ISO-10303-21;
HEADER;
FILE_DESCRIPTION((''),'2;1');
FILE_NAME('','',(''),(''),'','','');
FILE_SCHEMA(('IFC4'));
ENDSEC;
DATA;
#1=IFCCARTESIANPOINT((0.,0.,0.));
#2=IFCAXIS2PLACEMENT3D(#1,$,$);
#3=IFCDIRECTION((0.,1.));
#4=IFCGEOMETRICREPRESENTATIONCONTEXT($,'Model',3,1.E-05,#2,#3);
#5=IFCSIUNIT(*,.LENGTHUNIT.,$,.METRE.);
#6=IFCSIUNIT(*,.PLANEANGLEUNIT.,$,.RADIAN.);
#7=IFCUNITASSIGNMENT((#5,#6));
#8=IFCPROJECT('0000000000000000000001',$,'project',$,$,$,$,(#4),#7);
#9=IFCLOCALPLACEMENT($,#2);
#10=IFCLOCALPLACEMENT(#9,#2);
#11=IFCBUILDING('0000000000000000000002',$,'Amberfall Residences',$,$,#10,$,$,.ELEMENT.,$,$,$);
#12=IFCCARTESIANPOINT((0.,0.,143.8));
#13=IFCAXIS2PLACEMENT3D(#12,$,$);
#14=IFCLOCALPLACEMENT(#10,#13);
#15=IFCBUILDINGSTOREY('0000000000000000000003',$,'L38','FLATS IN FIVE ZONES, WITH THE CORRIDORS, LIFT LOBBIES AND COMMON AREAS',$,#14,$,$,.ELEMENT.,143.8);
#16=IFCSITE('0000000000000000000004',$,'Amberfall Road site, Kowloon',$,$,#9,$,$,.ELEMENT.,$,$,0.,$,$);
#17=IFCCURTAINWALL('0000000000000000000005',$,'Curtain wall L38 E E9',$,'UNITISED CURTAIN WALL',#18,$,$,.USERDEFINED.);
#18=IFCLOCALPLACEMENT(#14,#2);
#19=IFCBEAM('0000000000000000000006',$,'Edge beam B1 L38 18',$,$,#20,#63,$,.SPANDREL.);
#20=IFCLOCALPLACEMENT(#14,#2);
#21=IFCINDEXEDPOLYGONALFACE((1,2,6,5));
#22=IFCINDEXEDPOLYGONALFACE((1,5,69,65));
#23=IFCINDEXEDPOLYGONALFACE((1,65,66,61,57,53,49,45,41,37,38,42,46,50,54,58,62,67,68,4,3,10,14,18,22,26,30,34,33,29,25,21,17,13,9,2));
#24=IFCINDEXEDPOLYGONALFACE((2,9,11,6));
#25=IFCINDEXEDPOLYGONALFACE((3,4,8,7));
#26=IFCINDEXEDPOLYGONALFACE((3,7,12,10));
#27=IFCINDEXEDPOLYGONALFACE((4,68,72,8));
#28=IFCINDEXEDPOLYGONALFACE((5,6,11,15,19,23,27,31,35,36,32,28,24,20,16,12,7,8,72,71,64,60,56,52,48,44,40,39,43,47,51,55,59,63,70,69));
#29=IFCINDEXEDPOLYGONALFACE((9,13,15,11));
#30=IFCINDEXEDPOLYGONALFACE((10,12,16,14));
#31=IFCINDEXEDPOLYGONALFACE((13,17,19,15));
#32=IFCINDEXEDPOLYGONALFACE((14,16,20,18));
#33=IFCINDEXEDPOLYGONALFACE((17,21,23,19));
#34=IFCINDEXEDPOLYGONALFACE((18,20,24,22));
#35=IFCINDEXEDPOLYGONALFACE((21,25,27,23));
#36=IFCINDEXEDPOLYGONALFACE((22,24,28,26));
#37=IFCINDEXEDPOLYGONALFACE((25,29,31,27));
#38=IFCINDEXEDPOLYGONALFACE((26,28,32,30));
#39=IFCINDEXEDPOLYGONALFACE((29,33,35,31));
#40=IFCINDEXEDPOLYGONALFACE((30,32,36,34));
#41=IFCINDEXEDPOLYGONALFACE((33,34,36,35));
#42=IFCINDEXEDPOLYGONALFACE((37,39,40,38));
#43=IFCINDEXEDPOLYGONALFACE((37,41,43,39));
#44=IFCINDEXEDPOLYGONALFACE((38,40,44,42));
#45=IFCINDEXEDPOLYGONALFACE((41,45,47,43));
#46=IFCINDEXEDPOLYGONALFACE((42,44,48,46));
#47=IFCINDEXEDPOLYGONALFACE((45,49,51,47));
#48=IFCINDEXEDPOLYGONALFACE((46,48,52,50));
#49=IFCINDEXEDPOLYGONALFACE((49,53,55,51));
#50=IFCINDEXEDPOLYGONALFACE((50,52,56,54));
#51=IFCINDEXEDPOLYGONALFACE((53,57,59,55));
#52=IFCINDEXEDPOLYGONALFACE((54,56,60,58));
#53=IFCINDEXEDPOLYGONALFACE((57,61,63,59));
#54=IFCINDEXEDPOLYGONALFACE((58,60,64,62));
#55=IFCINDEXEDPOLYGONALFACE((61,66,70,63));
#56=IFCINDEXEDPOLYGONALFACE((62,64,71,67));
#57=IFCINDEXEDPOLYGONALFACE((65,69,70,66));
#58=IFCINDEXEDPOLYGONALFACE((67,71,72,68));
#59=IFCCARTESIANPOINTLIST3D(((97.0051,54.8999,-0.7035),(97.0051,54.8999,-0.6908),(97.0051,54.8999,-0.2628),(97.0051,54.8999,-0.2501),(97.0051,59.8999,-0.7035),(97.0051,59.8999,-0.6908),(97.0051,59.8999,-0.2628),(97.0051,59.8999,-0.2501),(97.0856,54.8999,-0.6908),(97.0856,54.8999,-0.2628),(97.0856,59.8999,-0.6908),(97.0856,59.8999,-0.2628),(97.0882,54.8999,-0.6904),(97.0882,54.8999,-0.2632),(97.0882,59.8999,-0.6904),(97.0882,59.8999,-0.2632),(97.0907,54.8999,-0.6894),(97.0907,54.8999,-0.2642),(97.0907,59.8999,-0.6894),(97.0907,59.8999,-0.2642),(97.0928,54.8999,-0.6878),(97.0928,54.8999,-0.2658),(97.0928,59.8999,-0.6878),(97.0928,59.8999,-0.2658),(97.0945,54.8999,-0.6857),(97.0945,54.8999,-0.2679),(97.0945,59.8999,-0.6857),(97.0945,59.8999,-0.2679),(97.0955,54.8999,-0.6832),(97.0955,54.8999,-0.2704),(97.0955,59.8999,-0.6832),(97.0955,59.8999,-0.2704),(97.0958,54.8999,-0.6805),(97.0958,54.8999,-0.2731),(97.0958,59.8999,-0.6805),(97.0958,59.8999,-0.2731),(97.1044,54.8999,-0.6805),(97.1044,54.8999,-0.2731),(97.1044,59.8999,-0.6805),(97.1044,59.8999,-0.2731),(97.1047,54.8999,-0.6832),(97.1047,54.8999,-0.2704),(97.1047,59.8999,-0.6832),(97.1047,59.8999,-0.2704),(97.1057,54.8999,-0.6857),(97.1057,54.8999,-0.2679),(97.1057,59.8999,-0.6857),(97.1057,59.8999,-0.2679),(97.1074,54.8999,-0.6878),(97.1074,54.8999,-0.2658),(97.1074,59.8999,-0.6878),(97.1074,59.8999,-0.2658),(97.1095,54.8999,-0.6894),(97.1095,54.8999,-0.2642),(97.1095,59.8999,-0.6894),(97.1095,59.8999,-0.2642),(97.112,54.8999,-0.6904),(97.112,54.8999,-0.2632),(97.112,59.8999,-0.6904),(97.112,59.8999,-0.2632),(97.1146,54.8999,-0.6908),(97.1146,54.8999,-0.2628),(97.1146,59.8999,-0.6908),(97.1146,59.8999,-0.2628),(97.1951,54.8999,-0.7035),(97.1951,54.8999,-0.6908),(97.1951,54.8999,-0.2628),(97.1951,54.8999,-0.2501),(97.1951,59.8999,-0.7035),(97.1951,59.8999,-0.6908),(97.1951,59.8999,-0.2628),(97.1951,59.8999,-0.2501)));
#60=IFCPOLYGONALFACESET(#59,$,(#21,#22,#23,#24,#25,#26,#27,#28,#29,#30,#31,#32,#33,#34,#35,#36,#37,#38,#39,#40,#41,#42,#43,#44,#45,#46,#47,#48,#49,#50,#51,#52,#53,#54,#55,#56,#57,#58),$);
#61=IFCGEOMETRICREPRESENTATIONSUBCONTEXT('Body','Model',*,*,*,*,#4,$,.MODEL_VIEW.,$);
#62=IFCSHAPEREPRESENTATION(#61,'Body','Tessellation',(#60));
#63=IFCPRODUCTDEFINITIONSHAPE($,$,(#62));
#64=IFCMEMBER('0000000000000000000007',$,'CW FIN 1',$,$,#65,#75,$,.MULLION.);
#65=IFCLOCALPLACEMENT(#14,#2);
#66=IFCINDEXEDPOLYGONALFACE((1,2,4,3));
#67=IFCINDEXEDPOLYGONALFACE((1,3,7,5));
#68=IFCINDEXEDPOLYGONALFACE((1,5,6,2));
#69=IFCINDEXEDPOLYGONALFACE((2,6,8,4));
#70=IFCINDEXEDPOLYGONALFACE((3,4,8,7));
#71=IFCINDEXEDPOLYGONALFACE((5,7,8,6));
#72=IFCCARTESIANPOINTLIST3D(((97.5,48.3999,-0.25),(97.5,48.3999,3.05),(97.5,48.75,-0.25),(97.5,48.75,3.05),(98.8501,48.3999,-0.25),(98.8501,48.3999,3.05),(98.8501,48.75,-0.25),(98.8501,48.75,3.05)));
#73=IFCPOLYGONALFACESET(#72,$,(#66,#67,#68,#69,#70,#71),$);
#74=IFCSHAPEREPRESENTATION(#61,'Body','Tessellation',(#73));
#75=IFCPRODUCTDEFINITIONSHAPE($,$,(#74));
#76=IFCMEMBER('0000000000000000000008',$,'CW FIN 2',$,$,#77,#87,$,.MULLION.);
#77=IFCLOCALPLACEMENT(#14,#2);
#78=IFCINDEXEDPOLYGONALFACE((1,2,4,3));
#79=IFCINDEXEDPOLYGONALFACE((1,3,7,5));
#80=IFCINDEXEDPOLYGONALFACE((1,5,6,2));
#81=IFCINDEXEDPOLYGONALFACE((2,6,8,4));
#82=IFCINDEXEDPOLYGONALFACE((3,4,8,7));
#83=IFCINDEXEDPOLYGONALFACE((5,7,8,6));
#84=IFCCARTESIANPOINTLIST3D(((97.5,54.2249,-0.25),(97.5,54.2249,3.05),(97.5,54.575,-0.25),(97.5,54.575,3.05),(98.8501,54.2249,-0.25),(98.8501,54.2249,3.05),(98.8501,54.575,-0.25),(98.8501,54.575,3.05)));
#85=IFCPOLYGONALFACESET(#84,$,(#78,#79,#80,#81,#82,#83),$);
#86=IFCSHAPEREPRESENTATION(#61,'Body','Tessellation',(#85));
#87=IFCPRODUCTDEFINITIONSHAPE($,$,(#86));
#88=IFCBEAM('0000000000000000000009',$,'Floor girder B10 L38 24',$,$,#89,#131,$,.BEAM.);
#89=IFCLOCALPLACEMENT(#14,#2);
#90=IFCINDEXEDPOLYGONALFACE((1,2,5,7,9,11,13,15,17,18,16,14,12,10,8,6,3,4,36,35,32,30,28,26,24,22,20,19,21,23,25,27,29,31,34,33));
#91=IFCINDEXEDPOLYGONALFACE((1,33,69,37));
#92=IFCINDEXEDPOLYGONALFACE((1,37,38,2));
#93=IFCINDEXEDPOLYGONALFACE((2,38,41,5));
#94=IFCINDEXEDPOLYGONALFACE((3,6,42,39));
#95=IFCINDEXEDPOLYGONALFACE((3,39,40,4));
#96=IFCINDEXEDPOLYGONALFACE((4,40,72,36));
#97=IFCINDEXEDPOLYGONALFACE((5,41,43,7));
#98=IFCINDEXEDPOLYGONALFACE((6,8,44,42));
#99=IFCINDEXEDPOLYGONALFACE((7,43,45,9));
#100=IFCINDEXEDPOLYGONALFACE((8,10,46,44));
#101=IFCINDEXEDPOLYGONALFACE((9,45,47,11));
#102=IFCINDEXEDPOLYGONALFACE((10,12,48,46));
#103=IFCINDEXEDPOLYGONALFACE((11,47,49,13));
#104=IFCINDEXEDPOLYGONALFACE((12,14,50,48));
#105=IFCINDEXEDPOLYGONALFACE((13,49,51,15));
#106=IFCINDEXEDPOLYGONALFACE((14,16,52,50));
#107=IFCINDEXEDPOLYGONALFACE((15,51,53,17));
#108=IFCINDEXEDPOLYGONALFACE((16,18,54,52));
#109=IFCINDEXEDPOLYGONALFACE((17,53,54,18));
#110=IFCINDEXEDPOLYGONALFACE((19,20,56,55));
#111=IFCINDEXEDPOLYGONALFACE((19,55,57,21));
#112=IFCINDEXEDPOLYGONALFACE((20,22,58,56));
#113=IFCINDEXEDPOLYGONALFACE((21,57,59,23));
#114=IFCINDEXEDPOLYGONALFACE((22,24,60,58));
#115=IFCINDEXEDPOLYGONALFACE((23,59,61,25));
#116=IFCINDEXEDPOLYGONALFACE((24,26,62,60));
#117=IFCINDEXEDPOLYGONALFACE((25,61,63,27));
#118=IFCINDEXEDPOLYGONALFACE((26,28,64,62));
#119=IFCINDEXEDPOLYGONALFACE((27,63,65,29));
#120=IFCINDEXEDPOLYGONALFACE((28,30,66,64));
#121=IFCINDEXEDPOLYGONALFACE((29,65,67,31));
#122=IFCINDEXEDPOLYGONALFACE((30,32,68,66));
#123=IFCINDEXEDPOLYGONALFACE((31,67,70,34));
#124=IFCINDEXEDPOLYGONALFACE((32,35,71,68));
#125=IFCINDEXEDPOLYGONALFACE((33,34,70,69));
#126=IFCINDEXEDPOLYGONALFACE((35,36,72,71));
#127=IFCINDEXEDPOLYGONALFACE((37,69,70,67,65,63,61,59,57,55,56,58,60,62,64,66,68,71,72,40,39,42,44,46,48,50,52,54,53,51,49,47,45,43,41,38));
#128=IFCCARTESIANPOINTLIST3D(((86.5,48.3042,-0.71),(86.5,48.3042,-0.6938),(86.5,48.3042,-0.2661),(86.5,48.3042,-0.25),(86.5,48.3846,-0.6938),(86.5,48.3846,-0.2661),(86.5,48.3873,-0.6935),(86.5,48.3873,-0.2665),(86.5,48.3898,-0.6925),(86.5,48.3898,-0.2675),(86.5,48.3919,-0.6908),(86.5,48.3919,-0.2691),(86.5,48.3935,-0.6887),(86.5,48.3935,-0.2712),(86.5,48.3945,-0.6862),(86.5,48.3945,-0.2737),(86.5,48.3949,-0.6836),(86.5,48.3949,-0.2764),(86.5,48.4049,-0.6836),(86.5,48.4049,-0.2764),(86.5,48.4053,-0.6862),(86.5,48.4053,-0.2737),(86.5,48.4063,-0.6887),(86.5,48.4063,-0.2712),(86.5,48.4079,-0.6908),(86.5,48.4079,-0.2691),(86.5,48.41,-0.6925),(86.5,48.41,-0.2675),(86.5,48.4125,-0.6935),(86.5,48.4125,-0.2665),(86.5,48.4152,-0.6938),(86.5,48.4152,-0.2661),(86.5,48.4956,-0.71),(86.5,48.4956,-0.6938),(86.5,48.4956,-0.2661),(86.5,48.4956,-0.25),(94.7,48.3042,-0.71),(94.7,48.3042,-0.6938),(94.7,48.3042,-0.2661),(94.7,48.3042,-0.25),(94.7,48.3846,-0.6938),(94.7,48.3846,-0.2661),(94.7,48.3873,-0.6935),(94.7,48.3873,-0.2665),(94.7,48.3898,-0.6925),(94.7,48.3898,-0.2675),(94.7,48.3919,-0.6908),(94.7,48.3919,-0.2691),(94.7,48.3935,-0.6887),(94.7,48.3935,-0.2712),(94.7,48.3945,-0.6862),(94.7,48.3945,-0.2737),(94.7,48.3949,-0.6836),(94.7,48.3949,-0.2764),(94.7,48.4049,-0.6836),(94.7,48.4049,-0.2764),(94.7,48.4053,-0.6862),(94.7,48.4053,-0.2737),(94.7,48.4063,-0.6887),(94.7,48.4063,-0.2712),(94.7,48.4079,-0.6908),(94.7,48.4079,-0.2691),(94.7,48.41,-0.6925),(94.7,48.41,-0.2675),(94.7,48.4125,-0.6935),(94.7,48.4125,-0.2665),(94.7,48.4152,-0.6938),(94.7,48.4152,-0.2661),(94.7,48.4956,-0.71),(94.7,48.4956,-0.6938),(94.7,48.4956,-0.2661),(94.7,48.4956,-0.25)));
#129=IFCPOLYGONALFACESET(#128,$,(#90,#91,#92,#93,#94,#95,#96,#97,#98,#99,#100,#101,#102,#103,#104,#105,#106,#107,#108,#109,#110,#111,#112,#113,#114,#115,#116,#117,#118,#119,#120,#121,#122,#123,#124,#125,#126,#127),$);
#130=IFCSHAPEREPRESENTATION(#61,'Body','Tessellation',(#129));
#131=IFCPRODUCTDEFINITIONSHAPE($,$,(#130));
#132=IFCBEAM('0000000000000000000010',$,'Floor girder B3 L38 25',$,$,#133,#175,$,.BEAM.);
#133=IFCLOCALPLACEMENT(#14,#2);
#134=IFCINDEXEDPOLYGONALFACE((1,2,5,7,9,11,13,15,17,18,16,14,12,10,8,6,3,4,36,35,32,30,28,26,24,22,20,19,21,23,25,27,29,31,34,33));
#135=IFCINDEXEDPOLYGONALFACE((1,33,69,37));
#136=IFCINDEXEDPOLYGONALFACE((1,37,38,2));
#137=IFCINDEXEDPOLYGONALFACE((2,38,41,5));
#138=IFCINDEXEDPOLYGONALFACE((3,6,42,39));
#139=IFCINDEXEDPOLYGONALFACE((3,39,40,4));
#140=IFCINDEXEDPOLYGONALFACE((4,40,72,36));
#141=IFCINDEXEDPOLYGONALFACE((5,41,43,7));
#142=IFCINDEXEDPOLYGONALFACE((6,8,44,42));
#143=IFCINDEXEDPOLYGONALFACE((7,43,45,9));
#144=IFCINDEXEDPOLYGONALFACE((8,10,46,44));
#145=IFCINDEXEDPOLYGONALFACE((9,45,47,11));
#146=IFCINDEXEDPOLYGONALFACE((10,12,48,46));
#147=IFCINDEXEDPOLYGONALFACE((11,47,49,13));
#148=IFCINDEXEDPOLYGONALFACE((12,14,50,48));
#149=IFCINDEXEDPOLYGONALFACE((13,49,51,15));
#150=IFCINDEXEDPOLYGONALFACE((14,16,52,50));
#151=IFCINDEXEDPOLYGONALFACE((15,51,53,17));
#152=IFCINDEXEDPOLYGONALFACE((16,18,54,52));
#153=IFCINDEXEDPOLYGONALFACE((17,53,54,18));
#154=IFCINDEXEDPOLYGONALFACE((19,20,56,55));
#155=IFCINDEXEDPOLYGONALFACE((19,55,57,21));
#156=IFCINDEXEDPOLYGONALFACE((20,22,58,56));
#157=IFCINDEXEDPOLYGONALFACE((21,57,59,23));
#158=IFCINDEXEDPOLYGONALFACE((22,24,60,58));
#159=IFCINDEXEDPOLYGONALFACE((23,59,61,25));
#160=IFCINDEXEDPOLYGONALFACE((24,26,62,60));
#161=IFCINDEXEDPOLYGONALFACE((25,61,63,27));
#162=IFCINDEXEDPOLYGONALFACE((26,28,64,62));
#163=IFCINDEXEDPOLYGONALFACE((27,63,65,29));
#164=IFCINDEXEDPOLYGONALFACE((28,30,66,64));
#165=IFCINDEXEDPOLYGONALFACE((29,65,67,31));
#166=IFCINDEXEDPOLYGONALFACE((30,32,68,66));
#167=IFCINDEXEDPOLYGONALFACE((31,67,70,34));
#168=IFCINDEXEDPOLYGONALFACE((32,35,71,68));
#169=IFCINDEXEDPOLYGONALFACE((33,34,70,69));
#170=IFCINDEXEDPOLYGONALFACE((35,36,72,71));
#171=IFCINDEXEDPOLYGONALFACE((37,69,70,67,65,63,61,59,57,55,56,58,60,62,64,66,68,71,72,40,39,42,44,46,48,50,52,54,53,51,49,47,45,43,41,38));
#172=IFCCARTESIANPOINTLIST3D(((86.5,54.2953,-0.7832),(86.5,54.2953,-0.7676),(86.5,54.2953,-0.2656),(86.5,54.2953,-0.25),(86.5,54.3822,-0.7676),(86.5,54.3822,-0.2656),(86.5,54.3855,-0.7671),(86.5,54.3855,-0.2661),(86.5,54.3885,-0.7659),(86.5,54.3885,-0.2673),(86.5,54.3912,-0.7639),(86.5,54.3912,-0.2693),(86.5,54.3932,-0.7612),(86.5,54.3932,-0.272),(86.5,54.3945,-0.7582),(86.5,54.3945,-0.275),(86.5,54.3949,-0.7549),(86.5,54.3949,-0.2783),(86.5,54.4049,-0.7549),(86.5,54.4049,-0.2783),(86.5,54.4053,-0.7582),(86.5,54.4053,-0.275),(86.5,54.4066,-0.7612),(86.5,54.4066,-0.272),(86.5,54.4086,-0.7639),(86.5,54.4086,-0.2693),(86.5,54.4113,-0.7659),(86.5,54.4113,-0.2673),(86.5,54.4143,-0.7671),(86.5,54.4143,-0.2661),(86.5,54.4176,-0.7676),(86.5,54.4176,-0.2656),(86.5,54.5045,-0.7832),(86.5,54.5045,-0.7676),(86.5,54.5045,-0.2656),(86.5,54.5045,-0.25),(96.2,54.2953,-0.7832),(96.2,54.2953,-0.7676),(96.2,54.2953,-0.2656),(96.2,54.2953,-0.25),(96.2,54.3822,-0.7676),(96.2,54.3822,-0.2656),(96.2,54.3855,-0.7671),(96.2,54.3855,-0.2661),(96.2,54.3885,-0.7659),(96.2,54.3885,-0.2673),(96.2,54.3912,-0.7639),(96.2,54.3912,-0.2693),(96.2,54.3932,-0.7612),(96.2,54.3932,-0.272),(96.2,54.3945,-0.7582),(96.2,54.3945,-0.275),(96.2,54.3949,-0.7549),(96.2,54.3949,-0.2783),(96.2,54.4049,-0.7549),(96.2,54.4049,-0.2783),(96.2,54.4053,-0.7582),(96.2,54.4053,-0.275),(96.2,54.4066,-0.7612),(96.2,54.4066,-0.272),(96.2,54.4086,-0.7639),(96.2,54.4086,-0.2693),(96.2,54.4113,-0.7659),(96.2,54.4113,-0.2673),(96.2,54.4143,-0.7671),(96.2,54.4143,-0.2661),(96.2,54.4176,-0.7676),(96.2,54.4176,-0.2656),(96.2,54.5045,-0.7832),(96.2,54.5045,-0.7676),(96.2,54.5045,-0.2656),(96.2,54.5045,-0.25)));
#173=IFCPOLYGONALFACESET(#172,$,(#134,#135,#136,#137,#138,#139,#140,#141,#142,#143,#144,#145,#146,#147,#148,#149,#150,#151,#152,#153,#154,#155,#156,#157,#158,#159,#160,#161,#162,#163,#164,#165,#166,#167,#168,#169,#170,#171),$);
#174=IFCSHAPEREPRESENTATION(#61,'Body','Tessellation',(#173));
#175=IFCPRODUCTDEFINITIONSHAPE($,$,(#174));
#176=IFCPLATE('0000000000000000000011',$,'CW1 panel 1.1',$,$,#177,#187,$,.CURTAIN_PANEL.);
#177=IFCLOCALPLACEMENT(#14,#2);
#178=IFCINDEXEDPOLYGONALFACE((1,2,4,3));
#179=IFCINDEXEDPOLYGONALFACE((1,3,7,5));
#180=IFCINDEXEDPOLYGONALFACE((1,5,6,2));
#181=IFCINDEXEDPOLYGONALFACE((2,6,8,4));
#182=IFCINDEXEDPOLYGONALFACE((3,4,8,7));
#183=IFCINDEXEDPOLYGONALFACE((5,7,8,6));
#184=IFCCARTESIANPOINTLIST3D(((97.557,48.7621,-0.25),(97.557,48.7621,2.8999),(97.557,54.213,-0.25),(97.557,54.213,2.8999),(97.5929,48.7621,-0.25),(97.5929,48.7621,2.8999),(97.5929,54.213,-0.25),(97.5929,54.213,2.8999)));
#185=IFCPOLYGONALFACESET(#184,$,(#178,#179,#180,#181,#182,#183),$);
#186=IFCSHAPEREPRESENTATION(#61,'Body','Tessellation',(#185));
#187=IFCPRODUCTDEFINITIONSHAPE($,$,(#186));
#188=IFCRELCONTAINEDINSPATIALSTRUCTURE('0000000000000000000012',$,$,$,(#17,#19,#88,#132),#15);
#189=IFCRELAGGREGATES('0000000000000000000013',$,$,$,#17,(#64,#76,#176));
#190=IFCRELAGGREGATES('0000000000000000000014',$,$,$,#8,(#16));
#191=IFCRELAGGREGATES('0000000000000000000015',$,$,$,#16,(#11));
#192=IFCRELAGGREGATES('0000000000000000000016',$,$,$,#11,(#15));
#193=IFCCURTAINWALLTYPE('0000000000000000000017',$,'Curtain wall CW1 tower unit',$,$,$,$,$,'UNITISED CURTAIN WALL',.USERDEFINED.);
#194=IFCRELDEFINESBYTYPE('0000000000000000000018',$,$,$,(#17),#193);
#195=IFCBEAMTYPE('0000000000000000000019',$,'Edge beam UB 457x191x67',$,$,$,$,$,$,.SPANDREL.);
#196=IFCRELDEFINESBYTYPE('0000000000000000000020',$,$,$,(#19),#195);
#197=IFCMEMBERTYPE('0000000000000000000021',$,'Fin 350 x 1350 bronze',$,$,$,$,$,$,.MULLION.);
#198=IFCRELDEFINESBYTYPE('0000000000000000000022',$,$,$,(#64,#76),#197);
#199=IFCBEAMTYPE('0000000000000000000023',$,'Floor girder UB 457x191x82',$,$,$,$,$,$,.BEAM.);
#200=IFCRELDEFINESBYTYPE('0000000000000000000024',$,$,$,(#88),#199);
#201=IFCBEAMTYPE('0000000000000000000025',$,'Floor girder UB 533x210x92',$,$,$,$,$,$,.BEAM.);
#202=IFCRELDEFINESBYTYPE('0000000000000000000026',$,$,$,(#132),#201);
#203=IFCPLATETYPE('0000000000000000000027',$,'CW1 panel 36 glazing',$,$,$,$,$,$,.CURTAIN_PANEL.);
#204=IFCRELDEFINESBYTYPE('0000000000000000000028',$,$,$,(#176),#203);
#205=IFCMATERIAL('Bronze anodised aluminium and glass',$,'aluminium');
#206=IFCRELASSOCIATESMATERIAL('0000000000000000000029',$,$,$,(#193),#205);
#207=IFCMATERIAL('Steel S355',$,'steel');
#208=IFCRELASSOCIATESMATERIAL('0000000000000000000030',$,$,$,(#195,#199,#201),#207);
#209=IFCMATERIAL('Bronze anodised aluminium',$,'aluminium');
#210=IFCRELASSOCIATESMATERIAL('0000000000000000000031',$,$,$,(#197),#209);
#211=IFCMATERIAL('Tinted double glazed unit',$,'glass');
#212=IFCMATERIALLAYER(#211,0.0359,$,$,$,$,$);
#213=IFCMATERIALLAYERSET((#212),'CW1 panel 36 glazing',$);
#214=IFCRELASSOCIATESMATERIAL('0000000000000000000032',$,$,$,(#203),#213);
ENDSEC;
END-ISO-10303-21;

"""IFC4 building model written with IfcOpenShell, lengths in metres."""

from ifc_helpers import new_model, si_unit, direction, frame, origin, origin_2d, place, context, subcontext, project, spatial, rectangle, i_section, extrude, material, layer, layer_set, material_profile, profile_set, type_object, element, aggregate, save


model = new_model("IFC4")

# Units and contexts
model_context = context("Model", 3, precision=1e-05, world=origin(), true_north=direction((0.0, 1.0)))
body_context = subcontext(model_context, "Body", "Model", "MODEL_VIEW")
ifc_project = project(units=[si_unit("LENGTHUNIT", "METRE"), si_unit("PLANEANGLEUNIT", "RADIAN")], contexts=[model_context])

# Site, building, storey
site_placement = place(None, origin())
site = spatial("IfcSite", under=ifc_project, at=site_placement, Name="Amberfall Road site, Kowloon", CompositionType="ELEMENT", RefElevation=0.0)
building_placement = place(site_placement, origin())
building = spatial("IfcBuilding", under=site, at=building_placement, Name="Amberfall Residences", CompositionType="ELEMENT")
storey_placement = place(building_placement, frame((0.0, 0.0, 143.8)))
storey = spatial("IfcBuildingStorey", under=building, at=storey_placement, Name="L38", Description="FLATS IN FIVE ZONES, WITH THE CORRIDORS, LIFT LOBBIES AND COMMON AREAS", CompositionType="ELEMENT", Elevation=143.8)

# Curtain wall
ifc_material_1 = material(Name="Bronze anodised aluminium and glass", Category="aluminium")
curtain_wall_type = type_object("IfcCurtainWallType", Name="Curtain wall CW1 tower unit", ElementType="UNITISED CURTAIN WALL", PredefinedType="USERDEFINED", material=ifc_material_1)
curtain_wall_placement = place(storey_placement, origin())
curtain_wall = element("IfcCurtainWall", 1, at=curtain_wall_placement, inside=storey, type_object=curtain_wall_type, Name="Curtain wall L38 E E9", ObjectType="UNITISED CURTAIN WALL", PredefinedType="USERDEFINED")
ifc_material_2 = material(Name="Bronze anodised aluminium", Category="aluminium")

# Beam
ifc_material_3 = material(Name="Steel S355", Category="steel")
ifc_material_profile_1 = material_profile(ifc_material_3, i_section(OverallWidth=0.1899, OverallDepth=0.4534, WebThickness=0.0085, FlangeThickness=0.0127, FilletRadius=0.0103, at=origin_2d()), Name="UB 457x191x67")
ifc_profile_set_1 = profile_set([ifc_material_profile_1], Name="Steel S355")
beam_type_1 = type_object("IfcBeamType", Name="Edge beam UB 457x191x67", PredefinedType="SPANDREL", material=ifc_profile_set_1)
beam_1_placement = place(storey_placement, frame((97.1001, 54.8999, -0.4768), z_axis=(0.0, 1.0, 0.0), x_axis=(-1.0, 0.0, 0.0)))
element("IfcBeam", 2, at=beam_1_placement, inside=storey, type_object=beam_type_1, Name="Edge beam B1 L38 18", PredefinedType="SPANDREL", context=body_context, shape_type="SweptSolid", body=[
    extrude(i_section(OverallWidth=0.1899, OverallDepth=0.4534, WebThickness=0.0085, FlangeThickness=0.0127, FilletRadius=0.0103, at=origin_2d()), origin(), (0.0, 0.0, 1.0), 5.0),
])

# Members
ifc_material_profile_2 = material_profile(ifc_material_2, rectangle(XDim=1.3501, YDim=0.3501, at=origin_2d()), Name="Fin 350 x 1350 bronze")
ifc_profile_set_2 = profile_set([ifc_material_profile_2], Name="Bronze anodised aluminium")
member_type_1 = type_object("IfcMemberType", Name="Fin 350 x 1350 bronze", PredefinedType="MULLION", material=ifc_profile_set_2)
member_1_placement = place(storey_placement, frame((98.175, 48.575, -0.25), z_axis=(0.0, 0.0, 1.0), x_axis=(-1.0, 0.0, 0.0)))
member_1 = element("IfcMember", 3, at=member_1_placement, type_object=member_type_1, Name="CW FIN 1", PredefinedType="MULLION", context=body_context, shape_type="SweptSolid", body=[
    extrude(rectangle(XDim=1.3501, YDim=0.3501, at=origin_2d()), origin(), (0.0, 0.0, 1.0), 3.3),
])
member_2_placement = place(storey_placement, frame((98.175, 54.3999, -0.25), z_axis=(0.0, 0.0, 1.0), x_axis=(-1.0, 0.0, 0.0)))
member_2 = element("IfcMember", 4, at=member_2_placement, type_object=member_type_1, Name="CW FIN 2", PredefinedType="MULLION", context=body_context, shape_type="SweptSolid", body=[
    extrude(rectangle(XDim=1.3501, YDim=0.3501, at=origin_2d()), origin(), (0.0, 0.0, 1.0), 3.3),
])

# Beams
ifc_material_profile_3 = material_profile(ifc_material_3, i_section(OverallWidth=0.1914, OverallDepth=0.46, WebThickness=0.01, FlangeThickness=0.0161, FilletRadius=0.0103, at=origin_2d()), Name="UB 457x191x82")
ifc_profile_set_3 = profile_set([ifc_material_profile_3], Name="Steel S355")
beam_type_2 = type_object("IfcBeamType", Name="Floor girder UB 457x191x82", PredefinedType="BEAM", material=ifc_profile_set_3)
beam_2_placement = place(storey_placement, frame((94.7, 48.3999, -0.48), z_axis=(-1.0, 0.0, 0.0), x_axis=(0.0, -1.0, 0.0)))
element("IfcBeam", 5, at=beam_2_placement, inside=storey, type_object=beam_type_2, Name="Floor girder B10 L38 24", PredefinedType="BEAM", context=body_context, shape_type="SweptSolid", body=[
    extrude(i_section(OverallWidth=0.1914, OverallDepth=0.46, WebThickness=0.01, FlangeThickness=0.0161, FilletRadius=0.0103, at=origin_2d()), origin(), (0.0, 0.0, 1.0), 8.2),
])
ifc_material_profile_4 = material_profile(ifc_material_3, i_section(OverallWidth=0.2092, OverallDepth=0.5332, WebThickness=0.01, FlangeThickness=0.0156, FilletRadius=0.0127, at=origin_2d()), Name="UB 533x210x92")
ifc_profile_set_4 = profile_set([ifc_material_profile_4], Name="Steel S355")
beam_type_3 = type_object("IfcBeamType", Name="Floor girder UB 533x210x92", PredefinedType="BEAM", material=ifc_profile_set_4)
beam_3_placement = place(storey_placement, frame((96.2, 54.3999, -0.5166), z_axis=(-1.0, 0.0, 0.0), x_axis=(0.0, -1.0, 0.0)))
element("IfcBeam", 6, at=beam_3_placement, inside=storey, type_object=beam_type_3, Name="Floor girder B3 L38 25", PredefinedType="BEAM", context=body_context, shape_type="SweptSolid", body=[
    extrude(i_section(OverallWidth=0.2092, OverallDepth=0.5332, WebThickness=0.01, FlangeThickness=0.0156, FilletRadius=0.0127, at=origin_2d()), origin(), (0.0, 0.0, 1.0), 9.7),
])

# Plate
ifc_material_4 = material(Name="Tinted double glazed unit", Category="glass")
ifc_layer_1 = layer(ifc_material_4, 0.0359)
ifc_layer_set_1 = layer_set([ifc_layer_1], Name="CW1 panel 36 glazing")
plate_type = type_object("IfcPlateType", Name="CW1 panel 36 glazing", PredefinedType="CURTAIN_PANEL", material=ifc_layer_set_1)
plate_placement = place(storey_placement, frame((97.575, 51.4875, -0.25), z_axis=(0.0, 0.0, 1.0), x_axis=(0.0, 1.0, 0.0)))
plate = element("IfcPlate", 7, at=plate_placement, type_object=plate_type, Name="CW1 panel 1.1", PredefinedType="CURTAIN_PANEL", context=body_context, shape_type="SweptSolid", body=[
    extrude(rectangle(XDim=5.4509, YDim=0.0359, at=origin_2d()), origin(), (0.0, 0.0, 1.0), 3.1499),
])
aggregate(curtain_wall, [member_1, member_2, plate])

save(model, "model.ifc")
